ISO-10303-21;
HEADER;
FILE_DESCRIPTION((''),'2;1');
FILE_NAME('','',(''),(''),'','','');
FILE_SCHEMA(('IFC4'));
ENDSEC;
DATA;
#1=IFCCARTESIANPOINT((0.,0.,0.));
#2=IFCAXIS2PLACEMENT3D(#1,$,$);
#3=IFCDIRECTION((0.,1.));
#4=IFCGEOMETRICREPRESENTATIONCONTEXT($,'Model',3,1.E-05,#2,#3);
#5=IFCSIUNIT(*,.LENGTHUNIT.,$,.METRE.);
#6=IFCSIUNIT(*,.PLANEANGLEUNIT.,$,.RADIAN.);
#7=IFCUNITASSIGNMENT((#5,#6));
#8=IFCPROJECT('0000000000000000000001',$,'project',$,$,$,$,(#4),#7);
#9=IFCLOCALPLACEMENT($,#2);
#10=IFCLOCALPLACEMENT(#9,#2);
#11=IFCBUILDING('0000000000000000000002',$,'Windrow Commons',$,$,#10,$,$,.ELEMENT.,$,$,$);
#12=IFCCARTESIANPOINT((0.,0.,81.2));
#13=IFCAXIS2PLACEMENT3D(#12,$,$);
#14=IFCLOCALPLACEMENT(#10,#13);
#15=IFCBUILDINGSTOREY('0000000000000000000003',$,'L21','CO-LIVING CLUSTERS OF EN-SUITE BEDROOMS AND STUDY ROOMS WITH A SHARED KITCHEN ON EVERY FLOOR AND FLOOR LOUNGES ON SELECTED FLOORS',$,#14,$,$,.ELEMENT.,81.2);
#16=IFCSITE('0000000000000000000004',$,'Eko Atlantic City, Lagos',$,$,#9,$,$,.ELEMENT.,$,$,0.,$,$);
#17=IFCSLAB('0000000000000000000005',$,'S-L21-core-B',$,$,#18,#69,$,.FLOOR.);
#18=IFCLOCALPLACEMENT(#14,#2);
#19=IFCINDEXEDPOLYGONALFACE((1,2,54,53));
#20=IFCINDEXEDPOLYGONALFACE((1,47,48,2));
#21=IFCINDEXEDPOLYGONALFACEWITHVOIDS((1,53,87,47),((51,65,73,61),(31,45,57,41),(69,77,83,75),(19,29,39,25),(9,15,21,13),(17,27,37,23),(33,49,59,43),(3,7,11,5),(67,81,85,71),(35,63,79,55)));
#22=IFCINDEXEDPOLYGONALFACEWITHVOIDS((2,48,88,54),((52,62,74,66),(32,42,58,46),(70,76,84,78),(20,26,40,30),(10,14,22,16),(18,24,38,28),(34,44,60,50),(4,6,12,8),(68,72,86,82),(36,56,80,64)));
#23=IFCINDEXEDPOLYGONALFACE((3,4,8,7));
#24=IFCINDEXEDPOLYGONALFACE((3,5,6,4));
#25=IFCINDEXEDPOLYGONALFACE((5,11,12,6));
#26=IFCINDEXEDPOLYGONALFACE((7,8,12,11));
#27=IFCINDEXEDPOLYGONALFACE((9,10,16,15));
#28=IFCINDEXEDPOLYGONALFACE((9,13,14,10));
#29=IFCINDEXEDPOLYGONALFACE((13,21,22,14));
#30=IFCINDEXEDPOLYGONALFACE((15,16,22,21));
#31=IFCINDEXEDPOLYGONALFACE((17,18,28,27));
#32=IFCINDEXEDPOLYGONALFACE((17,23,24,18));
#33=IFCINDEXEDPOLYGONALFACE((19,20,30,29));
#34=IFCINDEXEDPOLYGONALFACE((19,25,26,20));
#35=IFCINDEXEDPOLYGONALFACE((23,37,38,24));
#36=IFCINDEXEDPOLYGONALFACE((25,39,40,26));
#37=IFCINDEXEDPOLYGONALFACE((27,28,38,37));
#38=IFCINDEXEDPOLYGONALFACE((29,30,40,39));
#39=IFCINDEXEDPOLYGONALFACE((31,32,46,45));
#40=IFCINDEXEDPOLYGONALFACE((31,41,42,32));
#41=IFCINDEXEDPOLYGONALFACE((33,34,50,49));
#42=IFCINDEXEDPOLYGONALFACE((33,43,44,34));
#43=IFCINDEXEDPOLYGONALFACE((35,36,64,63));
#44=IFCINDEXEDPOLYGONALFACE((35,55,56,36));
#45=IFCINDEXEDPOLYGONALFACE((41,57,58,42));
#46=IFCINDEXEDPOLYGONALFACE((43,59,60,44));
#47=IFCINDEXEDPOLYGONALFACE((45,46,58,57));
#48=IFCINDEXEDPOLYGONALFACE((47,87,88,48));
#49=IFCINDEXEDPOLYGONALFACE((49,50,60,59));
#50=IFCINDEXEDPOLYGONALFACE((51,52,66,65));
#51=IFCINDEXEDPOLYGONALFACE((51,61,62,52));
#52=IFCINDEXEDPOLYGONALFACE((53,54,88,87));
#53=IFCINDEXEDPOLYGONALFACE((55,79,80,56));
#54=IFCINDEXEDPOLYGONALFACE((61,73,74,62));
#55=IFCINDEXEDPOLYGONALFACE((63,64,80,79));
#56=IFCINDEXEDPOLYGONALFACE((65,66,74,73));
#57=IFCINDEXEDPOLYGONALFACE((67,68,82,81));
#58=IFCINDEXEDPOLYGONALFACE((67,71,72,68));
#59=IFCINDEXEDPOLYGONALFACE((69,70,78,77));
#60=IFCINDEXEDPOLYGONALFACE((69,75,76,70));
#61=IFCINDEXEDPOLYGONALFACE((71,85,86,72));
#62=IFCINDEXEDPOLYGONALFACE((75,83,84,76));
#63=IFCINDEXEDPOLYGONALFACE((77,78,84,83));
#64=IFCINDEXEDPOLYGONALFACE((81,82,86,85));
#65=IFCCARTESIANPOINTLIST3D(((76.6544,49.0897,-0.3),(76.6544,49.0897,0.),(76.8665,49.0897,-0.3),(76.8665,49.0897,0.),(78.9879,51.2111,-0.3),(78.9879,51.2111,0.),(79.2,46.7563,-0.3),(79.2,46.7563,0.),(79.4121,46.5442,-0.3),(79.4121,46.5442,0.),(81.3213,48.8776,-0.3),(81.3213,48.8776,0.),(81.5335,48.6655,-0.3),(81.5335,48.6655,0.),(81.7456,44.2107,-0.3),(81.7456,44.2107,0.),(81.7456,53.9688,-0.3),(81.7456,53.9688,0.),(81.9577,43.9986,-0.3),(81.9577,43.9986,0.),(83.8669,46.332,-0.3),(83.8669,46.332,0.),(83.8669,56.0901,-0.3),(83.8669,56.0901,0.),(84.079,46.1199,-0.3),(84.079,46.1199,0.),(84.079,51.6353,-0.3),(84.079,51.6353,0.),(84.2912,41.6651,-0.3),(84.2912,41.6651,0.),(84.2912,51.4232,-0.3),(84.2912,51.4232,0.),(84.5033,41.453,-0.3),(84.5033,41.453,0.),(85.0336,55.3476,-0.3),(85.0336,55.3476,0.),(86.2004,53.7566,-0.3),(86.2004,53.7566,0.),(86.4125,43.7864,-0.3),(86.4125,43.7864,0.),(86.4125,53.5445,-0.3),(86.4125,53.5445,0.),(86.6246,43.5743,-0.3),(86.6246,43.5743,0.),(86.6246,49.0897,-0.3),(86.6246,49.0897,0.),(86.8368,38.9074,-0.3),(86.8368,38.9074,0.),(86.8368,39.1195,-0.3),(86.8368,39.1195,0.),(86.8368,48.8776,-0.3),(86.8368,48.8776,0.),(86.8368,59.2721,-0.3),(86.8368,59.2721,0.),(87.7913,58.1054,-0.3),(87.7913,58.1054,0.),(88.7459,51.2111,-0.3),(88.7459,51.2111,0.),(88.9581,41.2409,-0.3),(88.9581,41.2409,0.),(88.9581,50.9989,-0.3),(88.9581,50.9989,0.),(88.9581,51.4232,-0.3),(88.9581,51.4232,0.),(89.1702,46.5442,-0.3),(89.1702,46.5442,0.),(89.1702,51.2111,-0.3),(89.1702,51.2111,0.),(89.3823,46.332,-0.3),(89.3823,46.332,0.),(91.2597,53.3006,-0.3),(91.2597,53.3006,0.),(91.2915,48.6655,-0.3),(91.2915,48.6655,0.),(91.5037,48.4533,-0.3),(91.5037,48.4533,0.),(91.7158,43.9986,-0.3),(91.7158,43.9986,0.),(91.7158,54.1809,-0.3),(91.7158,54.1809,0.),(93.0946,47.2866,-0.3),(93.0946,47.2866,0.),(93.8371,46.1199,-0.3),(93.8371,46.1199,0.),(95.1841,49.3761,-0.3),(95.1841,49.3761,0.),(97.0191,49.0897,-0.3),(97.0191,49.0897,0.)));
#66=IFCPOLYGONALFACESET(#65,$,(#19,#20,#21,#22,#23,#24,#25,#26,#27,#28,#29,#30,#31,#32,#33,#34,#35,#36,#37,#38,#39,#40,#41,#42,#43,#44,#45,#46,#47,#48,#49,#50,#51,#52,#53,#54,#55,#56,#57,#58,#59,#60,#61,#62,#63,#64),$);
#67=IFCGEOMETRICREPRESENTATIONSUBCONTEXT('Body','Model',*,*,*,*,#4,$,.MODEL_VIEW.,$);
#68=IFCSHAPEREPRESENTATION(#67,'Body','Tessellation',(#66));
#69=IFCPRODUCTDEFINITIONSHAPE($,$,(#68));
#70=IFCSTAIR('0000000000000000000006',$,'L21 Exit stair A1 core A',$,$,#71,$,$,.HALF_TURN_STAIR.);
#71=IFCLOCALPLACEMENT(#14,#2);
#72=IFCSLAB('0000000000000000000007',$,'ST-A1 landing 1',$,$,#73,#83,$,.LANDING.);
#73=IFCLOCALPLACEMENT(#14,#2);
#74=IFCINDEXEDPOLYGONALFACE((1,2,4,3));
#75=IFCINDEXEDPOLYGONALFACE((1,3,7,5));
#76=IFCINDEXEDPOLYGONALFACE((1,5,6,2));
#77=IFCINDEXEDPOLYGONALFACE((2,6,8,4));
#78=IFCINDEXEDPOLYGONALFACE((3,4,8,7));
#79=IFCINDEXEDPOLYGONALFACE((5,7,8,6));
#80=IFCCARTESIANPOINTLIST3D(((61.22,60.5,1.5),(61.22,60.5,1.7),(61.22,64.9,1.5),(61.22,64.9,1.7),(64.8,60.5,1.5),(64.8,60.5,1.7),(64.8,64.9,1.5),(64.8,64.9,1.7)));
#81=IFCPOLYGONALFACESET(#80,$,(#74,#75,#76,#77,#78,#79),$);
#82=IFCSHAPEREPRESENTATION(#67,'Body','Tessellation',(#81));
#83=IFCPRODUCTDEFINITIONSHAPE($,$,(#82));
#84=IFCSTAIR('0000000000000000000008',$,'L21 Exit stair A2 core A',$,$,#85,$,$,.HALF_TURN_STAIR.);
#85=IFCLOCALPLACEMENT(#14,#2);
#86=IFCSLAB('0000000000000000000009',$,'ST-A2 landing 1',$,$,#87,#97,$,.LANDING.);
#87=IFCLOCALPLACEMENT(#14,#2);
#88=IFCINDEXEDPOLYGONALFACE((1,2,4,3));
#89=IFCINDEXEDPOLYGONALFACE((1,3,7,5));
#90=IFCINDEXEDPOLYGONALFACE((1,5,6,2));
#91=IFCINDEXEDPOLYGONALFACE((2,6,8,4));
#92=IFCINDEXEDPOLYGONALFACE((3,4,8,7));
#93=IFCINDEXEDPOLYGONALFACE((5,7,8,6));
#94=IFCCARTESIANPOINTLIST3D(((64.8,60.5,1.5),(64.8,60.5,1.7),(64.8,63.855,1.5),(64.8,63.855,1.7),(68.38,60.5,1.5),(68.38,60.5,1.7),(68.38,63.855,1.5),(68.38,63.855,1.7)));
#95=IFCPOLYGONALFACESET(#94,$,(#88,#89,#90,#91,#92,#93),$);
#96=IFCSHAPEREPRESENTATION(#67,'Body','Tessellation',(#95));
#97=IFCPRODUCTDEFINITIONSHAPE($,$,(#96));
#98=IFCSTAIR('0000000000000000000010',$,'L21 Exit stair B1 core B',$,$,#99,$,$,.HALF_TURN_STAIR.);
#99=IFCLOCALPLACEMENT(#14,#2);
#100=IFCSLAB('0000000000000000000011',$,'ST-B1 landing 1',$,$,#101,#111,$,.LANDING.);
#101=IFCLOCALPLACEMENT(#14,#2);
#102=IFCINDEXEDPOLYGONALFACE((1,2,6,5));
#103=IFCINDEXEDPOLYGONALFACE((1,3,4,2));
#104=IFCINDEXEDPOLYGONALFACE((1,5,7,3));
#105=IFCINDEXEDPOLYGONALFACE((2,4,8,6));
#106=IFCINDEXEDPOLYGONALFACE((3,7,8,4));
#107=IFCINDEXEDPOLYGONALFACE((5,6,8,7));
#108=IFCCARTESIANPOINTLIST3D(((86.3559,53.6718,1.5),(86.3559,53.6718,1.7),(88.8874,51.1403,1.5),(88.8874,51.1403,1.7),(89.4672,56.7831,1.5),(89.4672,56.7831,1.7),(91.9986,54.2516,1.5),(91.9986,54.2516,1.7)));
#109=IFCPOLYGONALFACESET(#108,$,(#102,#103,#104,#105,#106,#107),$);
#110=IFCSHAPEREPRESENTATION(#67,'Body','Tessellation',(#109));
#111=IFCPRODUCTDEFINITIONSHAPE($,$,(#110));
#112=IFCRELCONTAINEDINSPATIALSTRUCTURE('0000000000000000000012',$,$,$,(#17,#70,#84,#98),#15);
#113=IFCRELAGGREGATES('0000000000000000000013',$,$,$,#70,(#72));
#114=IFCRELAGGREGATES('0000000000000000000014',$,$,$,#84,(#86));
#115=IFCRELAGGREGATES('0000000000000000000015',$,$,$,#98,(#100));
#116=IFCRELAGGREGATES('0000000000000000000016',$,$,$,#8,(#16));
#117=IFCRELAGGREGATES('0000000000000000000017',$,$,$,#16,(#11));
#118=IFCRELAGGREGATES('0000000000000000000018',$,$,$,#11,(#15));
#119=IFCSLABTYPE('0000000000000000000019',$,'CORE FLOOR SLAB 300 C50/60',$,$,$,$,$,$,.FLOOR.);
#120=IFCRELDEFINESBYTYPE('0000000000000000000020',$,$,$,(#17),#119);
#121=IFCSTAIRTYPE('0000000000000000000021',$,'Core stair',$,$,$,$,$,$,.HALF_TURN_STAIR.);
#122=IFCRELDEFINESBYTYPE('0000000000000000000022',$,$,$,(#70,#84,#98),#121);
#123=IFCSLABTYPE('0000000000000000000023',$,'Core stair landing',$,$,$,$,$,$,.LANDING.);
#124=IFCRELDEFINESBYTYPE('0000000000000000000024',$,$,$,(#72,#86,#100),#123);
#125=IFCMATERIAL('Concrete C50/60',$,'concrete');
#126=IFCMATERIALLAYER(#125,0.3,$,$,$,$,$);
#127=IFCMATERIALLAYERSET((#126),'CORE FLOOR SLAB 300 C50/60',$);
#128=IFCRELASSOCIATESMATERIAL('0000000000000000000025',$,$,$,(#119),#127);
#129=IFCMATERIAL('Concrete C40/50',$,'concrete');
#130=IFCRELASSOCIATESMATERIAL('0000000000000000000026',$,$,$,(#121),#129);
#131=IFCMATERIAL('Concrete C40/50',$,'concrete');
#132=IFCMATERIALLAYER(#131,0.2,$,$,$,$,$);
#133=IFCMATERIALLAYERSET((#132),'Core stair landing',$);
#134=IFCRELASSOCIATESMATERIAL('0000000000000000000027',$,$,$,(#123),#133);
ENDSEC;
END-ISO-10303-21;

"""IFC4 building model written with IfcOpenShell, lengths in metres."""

from ifc_helpers import new_model, si_unit, direction, frame, origin, place, context, subcontext, project, spatial, polyline, outline, extrude, material, layer, layer_set, type_object, element, aggregate, save


model = new_model("IFC4")

# Units and contexts
model_context = context("Model", 3, precision=1e-05, world=origin(), true_north=direction((0.0, 1.0)))
body_context = subcontext(model_context, "Body", "Model", "MODEL_VIEW")
ifc_project = project(units=[si_unit("LENGTHUNIT", "METRE"), si_unit("PLANEANGLEUNIT", "RADIAN")], contexts=[model_context])

# Site, building, storey
site_placement = place(None, origin())
site = spatial("IfcSite", under=ifc_project, at=site_placement, Name="Eko Atlantic City, Lagos", CompositionType="ELEMENT", RefElevation=0.0)
building_placement = place(site_placement, origin())
building = spatial("IfcBuilding", under=site, at=building_placement, Name="Windrow Commons", CompositionType="ELEMENT")
storey_placement = place(building_placement, frame((0.0, 0.0, 81.2)))
storey = spatial("IfcBuildingStorey", under=building, at=storey_placement, Name="L21", Description="CO-LIVING CLUSTERS OF EN-SUITE BEDROOMS AND STUDY ROOMS WITH A SHARED KITCHEN ON EVERY FLOOR AND FLOOR LOUNGES ON SELECTED FLOORS", CompositionType="ELEMENT", Elevation=81.2)

# Slab, openings
ifc_material_1 = material(Name="Concrete C50/60", Category="concrete")
ifc_layer_1 = layer(ifc_material_1, 0.3)
ifc_layer_set_1 = layer_set([ifc_layer_1], Name="CORE FLOOR SLAB 300 C50/60")
slab_type_1 = type_object("IfcSlabType", Name="CORE FLOOR SLAB 300 C50/60", PredefinedType="FLOOR", material=ifc_layer_set_1)
placement_1 = place(storey_placement, frame((0.0, 0.0, -0.3)))
slab_1 = element("IfcSlab", 1, at=placement_1, inside=storey, type_object=slab_type_1, Name="S-L21-core-B", PredefinedType="FLOOR", context=body_context, shape_type="SweptSolid", body=[
    extrude(outline(polyline([(76.6544, 49.0897), (86.8368, 38.9074), (97.0191, 49.0897), (86.8368, 59.2721), (76.6544, 49.0897)]), holes=[polyline([(76.8665, 49.0897), (79.2, 46.7563), (81.3213, 48.8776), (78.9879, 51.2111), (76.8665, 49.0897)]), polyline([(79.4121, 46.5442), (81.7456, 44.2107), (83.8669, 46.332), (81.5335, 48.6655), (79.4121, 46.5442)]), polyline([(81.9577, 43.9986), (84.2912, 41.6651), (86.4125, 43.7864), (84.079, 46.1199), (81.9577, 43.9986)]), polyline([(84.5033, 41.453), (86.8368, 39.1195), (88.9581, 41.2409), (86.6246, 43.5743), (84.5033, 41.453)]), polyline([(81.7456, 53.9688), (84.079, 51.6353), (86.2004, 53.7566), (83.8669, 56.0901), (81.7456, 53.9688)]), polyline([(84.2912, 51.4232), (86.6246, 49.0897), (88.7459, 51.2111), (86.4125, 53.5445), (84.2912, 51.4232)]), polyline([(86.8368, 48.8776), (89.1702, 46.5442), (91.2915, 48.6655), (88.9581, 50.9989), (86.8368, 48.8776)]), polyline([(89.3823, 46.332), (91.7158, 43.9986), (93.8371, 46.1199), (91.5037, 48.4533), (89.3823, 46.332)]), polyline([(85.0336, 55.3476), (88.9581, 51.4232), (91.7158, 54.1809), (87.7913, 58.1054), (85.0336, 55.3476)]), polyline([(89.1702, 51.2111), (93.0946, 47.2866), (95.1841, 49.3761), (91.2597, 53.3006), (89.1702, 51.2111)])]), origin(), (0.0, 0.0, 1.0), 0.3),
])
opening_1_placement = place(placement_1, origin())
element("IfcOpeningElement", 2, at=opening_1_placement, cuts=slab_1, PredefinedType="OPENING", context=body_context, shape_type="SweptSolid", body=[
    extrude(outline(polyline([(76.8736, 49.0897), (78.9879, 51.204), (81.3142, 48.8776), (79.2, 46.7634), (76.8736, 49.0897)])), origin(), (0.0, 0.0, 1.0), 0.3),
])
opening_2_placement = place(placement_1, origin())
element("IfcOpeningElement", 3, at=opening_2_placement, cuts=slab_1, PredefinedType="OPENING", context=body_context, shape_type="SweptSolid", body=[
    extrude(outline(polyline([(79.4192, 46.5442), (81.5335, 48.6584), (83.8598, 46.332), (81.7456, 44.2178), (79.4192, 46.5442)])), origin(), (0.0, 0.0, 1.0), 0.3),
])
opening_3_placement = place(placement_1, origin())
element("IfcOpeningElement", 4, at=opening_3_placement, cuts=slab_1, PredefinedType="OPENING", context=body_context, shape_type="SweptSolid", body=[
    extrude(outline(polyline([(81.9648, 43.9986), (84.079, 46.1128), (86.4054, 43.7864), (84.2912, 41.6722), (81.9648, 43.9986)])), origin(), (0.0, 0.0, 1.0), 0.3),
])
opening_4_placement = place(placement_1, origin())
element("IfcOpeningElement", 5, at=opening_4_placement, cuts=slab_1, PredefinedType="OPENING", context=body_context, shape_type="SweptSolid", body=[
    extrude(outline(polyline([(84.5104, 41.453), (86.6246, 43.5672), (88.951, 41.2409), (86.8368, 39.1266), (84.5104, 41.453)])), origin(), (0.0, 0.0, 1.0), 0.3),
])
opening_5_placement = place(placement_1, origin())
element("IfcOpeningElement", 6, at=opening_5_placement, cuts=slab_1, PredefinedType="OPENING", context=body_context, shape_type="SweptSolid", body=[
    extrude(outline(polyline([(81.7527, 53.9688), (83.8669, 56.083), (86.1933, 53.7566), (84.079, 51.6424), (81.7527, 53.9688)])), origin(), (0.0, 0.0, 1.0), 0.3),
])
opening_6_placement = place(placement_1, origin())
element("IfcOpeningElement", 7, at=opening_6_placement, cuts=slab_1, PredefinedType="OPENING", context=body_context, shape_type="SweptSolid", body=[
    extrude(outline(polyline([(84.2983, 51.4232), (86.4125, 53.5374), (88.7388, 51.2111), (86.6246, 49.0968), (84.2983, 51.4232)])), origin(), (0.0, 0.0, 1.0), 0.3),
])
opening_7_placement = place(placement_1, origin())
element("IfcOpeningElement", 8, at=opening_7_placement, cuts=slab_1, PredefinedType="OPENING", context=body_context, shape_type="SweptSolid", body=[
    extrude(outline(polyline([(86.8439, 48.8776), (88.9581, 50.9918), (91.2844, 48.6655), (89.1702, 46.5513), (86.8439, 48.8776)])), origin(), (0.0, 0.0, 1.0), 0.3),
])
opening_8_placement = place(placement_1, origin())
element("IfcOpeningElement", 9, at=opening_8_placement, cuts=slab_1, PredefinedType="OPENING", context=body_context, shape_type="SweptSolid", body=[
    extrude(outline(polyline([(89.3894, 46.332), (91.5037, 48.4462), (93.83, 46.1199), (91.7158, 44.0057), (89.3894, 46.332)])), origin(), (0.0, 0.0, 1.0), 0.3),
])
opening_9_placement = place(placement_1, origin())
element("IfcOpeningElement", 10, at=opening_9_placement, cuts=slab_1, PredefinedType="OPENING", context=body_context, shape_type="SweptSolid", body=[
    extrude(outline(polyline([(85.0407, 55.3476), (87.7913, 58.0983), (91.7087, 54.1809), (88.9581, 51.4303), (85.0407, 55.3476)])), origin(), (0.0, 0.0, 1.0), 0.3),
])
opening_10_placement = place(placement_1, origin())
element("IfcOpeningElement", 11, at=opening_10_placement, cuts=slab_1, PredefinedType="OPENING", context=body_context, shape_type="SweptSolid", body=[
    extrude(outline(polyline([(89.1773, 51.2111), (91.2597, 53.2935), (95.177, 49.3761), (93.0946, 47.2937), (89.1773, 51.2111)])), origin(), (0.0, 0.0, 1.0), 0.3),
])

# Stairs, slabs
ifc_material_2 = material(Name="Concrete C40/50", Category="concrete")
stair_type = type_object("IfcStairType", Name="Core stair", PredefinedType="HALF_TURN_STAIR", material=ifc_material_2)
placement_2 = place(storey_placement, origin())
stair_1 = element("IfcStair", 12, at=placement_2, inside=storey, type_object=stair_type, Name="L21 Exit stair A1 core A", PredefinedType="HALF_TURN_STAIR")
ifc_material_3 = material(Name="Concrete C40/50", Category="concrete")
ifc_layer_2 = layer(ifc_material_3, 0.2)
ifc_layer_set_2 = layer_set([ifc_layer_2], Name="Core stair landing")
slab_type_2 = type_object("IfcSlabType", Name="Core stair landing", PredefinedType="LANDING", material=ifc_layer_set_2)
placement_3 = place(storey_placement, frame((0.0, 0.0, 1.5)))
slab_2 = element("IfcSlab", 13, at=placement_3, type_object=slab_type_2, Name="ST-A1 landing 1", PredefinedType="LANDING", context=body_context, shape_type="SweptSolid", body=[
    extrude(outline(polyline([(61.22, 60.5), (64.8, 60.5), (64.8, 64.9), (61.22, 64.9), (61.22, 60.5)])), origin(), (0.0, 0.0, 1.0), 0.2),
])
aggregate(stair_1, [slab_2])
stair_2 = element("IfcStair", 14, at=placement_2, inside=storey, type_object=stair_type, Name="L21 Exit stair A2 core A", PredefinedType="HALF_TURN_STAIR")
slab_3 = element("IfcSlab", 15, at=placement_3, type_object=slab_type_2, Name="ST-A2 landing 1", PredefinedType="LANDING", context=body_context, shape_type="SweptSolid", body=[
    extrude(outline(polyline([(64.8, 60.5), (68.38, 60.5), (68.38, 63.855), (64.8, 63.855), (64.8, 60.5)])), origin(), (0.0, 0.0, 1.0), 0.2),
])
aggregate(stair_2, [slab_3])
stair_3 = element("IfcStair", 16, at=placement_2, inside=storey, type_object=stair_type, Name="L21 Exit stair B1 core B", PredefinedType="HALF_TURN_STAIR")
slab_4 = element("IfcSlab", 17, at=placement_3, type_object=slab_type_2, Name="ST-B1 landing 1", PredefinedType="LANDING", context=body_context, shape_type="SweptSolid", body=[
    extrude(outline(polyline([(86.3559, 53.6718), (88.8874, 51.1403), (91.9986, 54.2516), (89.4672, 56.7831), (86.3559, 53.6718)])), origin(), (0.0, 0.0, 1.0), 0.2),
])
aggregate(stair_3, [slab_4])

save(model, "model.ifc")
